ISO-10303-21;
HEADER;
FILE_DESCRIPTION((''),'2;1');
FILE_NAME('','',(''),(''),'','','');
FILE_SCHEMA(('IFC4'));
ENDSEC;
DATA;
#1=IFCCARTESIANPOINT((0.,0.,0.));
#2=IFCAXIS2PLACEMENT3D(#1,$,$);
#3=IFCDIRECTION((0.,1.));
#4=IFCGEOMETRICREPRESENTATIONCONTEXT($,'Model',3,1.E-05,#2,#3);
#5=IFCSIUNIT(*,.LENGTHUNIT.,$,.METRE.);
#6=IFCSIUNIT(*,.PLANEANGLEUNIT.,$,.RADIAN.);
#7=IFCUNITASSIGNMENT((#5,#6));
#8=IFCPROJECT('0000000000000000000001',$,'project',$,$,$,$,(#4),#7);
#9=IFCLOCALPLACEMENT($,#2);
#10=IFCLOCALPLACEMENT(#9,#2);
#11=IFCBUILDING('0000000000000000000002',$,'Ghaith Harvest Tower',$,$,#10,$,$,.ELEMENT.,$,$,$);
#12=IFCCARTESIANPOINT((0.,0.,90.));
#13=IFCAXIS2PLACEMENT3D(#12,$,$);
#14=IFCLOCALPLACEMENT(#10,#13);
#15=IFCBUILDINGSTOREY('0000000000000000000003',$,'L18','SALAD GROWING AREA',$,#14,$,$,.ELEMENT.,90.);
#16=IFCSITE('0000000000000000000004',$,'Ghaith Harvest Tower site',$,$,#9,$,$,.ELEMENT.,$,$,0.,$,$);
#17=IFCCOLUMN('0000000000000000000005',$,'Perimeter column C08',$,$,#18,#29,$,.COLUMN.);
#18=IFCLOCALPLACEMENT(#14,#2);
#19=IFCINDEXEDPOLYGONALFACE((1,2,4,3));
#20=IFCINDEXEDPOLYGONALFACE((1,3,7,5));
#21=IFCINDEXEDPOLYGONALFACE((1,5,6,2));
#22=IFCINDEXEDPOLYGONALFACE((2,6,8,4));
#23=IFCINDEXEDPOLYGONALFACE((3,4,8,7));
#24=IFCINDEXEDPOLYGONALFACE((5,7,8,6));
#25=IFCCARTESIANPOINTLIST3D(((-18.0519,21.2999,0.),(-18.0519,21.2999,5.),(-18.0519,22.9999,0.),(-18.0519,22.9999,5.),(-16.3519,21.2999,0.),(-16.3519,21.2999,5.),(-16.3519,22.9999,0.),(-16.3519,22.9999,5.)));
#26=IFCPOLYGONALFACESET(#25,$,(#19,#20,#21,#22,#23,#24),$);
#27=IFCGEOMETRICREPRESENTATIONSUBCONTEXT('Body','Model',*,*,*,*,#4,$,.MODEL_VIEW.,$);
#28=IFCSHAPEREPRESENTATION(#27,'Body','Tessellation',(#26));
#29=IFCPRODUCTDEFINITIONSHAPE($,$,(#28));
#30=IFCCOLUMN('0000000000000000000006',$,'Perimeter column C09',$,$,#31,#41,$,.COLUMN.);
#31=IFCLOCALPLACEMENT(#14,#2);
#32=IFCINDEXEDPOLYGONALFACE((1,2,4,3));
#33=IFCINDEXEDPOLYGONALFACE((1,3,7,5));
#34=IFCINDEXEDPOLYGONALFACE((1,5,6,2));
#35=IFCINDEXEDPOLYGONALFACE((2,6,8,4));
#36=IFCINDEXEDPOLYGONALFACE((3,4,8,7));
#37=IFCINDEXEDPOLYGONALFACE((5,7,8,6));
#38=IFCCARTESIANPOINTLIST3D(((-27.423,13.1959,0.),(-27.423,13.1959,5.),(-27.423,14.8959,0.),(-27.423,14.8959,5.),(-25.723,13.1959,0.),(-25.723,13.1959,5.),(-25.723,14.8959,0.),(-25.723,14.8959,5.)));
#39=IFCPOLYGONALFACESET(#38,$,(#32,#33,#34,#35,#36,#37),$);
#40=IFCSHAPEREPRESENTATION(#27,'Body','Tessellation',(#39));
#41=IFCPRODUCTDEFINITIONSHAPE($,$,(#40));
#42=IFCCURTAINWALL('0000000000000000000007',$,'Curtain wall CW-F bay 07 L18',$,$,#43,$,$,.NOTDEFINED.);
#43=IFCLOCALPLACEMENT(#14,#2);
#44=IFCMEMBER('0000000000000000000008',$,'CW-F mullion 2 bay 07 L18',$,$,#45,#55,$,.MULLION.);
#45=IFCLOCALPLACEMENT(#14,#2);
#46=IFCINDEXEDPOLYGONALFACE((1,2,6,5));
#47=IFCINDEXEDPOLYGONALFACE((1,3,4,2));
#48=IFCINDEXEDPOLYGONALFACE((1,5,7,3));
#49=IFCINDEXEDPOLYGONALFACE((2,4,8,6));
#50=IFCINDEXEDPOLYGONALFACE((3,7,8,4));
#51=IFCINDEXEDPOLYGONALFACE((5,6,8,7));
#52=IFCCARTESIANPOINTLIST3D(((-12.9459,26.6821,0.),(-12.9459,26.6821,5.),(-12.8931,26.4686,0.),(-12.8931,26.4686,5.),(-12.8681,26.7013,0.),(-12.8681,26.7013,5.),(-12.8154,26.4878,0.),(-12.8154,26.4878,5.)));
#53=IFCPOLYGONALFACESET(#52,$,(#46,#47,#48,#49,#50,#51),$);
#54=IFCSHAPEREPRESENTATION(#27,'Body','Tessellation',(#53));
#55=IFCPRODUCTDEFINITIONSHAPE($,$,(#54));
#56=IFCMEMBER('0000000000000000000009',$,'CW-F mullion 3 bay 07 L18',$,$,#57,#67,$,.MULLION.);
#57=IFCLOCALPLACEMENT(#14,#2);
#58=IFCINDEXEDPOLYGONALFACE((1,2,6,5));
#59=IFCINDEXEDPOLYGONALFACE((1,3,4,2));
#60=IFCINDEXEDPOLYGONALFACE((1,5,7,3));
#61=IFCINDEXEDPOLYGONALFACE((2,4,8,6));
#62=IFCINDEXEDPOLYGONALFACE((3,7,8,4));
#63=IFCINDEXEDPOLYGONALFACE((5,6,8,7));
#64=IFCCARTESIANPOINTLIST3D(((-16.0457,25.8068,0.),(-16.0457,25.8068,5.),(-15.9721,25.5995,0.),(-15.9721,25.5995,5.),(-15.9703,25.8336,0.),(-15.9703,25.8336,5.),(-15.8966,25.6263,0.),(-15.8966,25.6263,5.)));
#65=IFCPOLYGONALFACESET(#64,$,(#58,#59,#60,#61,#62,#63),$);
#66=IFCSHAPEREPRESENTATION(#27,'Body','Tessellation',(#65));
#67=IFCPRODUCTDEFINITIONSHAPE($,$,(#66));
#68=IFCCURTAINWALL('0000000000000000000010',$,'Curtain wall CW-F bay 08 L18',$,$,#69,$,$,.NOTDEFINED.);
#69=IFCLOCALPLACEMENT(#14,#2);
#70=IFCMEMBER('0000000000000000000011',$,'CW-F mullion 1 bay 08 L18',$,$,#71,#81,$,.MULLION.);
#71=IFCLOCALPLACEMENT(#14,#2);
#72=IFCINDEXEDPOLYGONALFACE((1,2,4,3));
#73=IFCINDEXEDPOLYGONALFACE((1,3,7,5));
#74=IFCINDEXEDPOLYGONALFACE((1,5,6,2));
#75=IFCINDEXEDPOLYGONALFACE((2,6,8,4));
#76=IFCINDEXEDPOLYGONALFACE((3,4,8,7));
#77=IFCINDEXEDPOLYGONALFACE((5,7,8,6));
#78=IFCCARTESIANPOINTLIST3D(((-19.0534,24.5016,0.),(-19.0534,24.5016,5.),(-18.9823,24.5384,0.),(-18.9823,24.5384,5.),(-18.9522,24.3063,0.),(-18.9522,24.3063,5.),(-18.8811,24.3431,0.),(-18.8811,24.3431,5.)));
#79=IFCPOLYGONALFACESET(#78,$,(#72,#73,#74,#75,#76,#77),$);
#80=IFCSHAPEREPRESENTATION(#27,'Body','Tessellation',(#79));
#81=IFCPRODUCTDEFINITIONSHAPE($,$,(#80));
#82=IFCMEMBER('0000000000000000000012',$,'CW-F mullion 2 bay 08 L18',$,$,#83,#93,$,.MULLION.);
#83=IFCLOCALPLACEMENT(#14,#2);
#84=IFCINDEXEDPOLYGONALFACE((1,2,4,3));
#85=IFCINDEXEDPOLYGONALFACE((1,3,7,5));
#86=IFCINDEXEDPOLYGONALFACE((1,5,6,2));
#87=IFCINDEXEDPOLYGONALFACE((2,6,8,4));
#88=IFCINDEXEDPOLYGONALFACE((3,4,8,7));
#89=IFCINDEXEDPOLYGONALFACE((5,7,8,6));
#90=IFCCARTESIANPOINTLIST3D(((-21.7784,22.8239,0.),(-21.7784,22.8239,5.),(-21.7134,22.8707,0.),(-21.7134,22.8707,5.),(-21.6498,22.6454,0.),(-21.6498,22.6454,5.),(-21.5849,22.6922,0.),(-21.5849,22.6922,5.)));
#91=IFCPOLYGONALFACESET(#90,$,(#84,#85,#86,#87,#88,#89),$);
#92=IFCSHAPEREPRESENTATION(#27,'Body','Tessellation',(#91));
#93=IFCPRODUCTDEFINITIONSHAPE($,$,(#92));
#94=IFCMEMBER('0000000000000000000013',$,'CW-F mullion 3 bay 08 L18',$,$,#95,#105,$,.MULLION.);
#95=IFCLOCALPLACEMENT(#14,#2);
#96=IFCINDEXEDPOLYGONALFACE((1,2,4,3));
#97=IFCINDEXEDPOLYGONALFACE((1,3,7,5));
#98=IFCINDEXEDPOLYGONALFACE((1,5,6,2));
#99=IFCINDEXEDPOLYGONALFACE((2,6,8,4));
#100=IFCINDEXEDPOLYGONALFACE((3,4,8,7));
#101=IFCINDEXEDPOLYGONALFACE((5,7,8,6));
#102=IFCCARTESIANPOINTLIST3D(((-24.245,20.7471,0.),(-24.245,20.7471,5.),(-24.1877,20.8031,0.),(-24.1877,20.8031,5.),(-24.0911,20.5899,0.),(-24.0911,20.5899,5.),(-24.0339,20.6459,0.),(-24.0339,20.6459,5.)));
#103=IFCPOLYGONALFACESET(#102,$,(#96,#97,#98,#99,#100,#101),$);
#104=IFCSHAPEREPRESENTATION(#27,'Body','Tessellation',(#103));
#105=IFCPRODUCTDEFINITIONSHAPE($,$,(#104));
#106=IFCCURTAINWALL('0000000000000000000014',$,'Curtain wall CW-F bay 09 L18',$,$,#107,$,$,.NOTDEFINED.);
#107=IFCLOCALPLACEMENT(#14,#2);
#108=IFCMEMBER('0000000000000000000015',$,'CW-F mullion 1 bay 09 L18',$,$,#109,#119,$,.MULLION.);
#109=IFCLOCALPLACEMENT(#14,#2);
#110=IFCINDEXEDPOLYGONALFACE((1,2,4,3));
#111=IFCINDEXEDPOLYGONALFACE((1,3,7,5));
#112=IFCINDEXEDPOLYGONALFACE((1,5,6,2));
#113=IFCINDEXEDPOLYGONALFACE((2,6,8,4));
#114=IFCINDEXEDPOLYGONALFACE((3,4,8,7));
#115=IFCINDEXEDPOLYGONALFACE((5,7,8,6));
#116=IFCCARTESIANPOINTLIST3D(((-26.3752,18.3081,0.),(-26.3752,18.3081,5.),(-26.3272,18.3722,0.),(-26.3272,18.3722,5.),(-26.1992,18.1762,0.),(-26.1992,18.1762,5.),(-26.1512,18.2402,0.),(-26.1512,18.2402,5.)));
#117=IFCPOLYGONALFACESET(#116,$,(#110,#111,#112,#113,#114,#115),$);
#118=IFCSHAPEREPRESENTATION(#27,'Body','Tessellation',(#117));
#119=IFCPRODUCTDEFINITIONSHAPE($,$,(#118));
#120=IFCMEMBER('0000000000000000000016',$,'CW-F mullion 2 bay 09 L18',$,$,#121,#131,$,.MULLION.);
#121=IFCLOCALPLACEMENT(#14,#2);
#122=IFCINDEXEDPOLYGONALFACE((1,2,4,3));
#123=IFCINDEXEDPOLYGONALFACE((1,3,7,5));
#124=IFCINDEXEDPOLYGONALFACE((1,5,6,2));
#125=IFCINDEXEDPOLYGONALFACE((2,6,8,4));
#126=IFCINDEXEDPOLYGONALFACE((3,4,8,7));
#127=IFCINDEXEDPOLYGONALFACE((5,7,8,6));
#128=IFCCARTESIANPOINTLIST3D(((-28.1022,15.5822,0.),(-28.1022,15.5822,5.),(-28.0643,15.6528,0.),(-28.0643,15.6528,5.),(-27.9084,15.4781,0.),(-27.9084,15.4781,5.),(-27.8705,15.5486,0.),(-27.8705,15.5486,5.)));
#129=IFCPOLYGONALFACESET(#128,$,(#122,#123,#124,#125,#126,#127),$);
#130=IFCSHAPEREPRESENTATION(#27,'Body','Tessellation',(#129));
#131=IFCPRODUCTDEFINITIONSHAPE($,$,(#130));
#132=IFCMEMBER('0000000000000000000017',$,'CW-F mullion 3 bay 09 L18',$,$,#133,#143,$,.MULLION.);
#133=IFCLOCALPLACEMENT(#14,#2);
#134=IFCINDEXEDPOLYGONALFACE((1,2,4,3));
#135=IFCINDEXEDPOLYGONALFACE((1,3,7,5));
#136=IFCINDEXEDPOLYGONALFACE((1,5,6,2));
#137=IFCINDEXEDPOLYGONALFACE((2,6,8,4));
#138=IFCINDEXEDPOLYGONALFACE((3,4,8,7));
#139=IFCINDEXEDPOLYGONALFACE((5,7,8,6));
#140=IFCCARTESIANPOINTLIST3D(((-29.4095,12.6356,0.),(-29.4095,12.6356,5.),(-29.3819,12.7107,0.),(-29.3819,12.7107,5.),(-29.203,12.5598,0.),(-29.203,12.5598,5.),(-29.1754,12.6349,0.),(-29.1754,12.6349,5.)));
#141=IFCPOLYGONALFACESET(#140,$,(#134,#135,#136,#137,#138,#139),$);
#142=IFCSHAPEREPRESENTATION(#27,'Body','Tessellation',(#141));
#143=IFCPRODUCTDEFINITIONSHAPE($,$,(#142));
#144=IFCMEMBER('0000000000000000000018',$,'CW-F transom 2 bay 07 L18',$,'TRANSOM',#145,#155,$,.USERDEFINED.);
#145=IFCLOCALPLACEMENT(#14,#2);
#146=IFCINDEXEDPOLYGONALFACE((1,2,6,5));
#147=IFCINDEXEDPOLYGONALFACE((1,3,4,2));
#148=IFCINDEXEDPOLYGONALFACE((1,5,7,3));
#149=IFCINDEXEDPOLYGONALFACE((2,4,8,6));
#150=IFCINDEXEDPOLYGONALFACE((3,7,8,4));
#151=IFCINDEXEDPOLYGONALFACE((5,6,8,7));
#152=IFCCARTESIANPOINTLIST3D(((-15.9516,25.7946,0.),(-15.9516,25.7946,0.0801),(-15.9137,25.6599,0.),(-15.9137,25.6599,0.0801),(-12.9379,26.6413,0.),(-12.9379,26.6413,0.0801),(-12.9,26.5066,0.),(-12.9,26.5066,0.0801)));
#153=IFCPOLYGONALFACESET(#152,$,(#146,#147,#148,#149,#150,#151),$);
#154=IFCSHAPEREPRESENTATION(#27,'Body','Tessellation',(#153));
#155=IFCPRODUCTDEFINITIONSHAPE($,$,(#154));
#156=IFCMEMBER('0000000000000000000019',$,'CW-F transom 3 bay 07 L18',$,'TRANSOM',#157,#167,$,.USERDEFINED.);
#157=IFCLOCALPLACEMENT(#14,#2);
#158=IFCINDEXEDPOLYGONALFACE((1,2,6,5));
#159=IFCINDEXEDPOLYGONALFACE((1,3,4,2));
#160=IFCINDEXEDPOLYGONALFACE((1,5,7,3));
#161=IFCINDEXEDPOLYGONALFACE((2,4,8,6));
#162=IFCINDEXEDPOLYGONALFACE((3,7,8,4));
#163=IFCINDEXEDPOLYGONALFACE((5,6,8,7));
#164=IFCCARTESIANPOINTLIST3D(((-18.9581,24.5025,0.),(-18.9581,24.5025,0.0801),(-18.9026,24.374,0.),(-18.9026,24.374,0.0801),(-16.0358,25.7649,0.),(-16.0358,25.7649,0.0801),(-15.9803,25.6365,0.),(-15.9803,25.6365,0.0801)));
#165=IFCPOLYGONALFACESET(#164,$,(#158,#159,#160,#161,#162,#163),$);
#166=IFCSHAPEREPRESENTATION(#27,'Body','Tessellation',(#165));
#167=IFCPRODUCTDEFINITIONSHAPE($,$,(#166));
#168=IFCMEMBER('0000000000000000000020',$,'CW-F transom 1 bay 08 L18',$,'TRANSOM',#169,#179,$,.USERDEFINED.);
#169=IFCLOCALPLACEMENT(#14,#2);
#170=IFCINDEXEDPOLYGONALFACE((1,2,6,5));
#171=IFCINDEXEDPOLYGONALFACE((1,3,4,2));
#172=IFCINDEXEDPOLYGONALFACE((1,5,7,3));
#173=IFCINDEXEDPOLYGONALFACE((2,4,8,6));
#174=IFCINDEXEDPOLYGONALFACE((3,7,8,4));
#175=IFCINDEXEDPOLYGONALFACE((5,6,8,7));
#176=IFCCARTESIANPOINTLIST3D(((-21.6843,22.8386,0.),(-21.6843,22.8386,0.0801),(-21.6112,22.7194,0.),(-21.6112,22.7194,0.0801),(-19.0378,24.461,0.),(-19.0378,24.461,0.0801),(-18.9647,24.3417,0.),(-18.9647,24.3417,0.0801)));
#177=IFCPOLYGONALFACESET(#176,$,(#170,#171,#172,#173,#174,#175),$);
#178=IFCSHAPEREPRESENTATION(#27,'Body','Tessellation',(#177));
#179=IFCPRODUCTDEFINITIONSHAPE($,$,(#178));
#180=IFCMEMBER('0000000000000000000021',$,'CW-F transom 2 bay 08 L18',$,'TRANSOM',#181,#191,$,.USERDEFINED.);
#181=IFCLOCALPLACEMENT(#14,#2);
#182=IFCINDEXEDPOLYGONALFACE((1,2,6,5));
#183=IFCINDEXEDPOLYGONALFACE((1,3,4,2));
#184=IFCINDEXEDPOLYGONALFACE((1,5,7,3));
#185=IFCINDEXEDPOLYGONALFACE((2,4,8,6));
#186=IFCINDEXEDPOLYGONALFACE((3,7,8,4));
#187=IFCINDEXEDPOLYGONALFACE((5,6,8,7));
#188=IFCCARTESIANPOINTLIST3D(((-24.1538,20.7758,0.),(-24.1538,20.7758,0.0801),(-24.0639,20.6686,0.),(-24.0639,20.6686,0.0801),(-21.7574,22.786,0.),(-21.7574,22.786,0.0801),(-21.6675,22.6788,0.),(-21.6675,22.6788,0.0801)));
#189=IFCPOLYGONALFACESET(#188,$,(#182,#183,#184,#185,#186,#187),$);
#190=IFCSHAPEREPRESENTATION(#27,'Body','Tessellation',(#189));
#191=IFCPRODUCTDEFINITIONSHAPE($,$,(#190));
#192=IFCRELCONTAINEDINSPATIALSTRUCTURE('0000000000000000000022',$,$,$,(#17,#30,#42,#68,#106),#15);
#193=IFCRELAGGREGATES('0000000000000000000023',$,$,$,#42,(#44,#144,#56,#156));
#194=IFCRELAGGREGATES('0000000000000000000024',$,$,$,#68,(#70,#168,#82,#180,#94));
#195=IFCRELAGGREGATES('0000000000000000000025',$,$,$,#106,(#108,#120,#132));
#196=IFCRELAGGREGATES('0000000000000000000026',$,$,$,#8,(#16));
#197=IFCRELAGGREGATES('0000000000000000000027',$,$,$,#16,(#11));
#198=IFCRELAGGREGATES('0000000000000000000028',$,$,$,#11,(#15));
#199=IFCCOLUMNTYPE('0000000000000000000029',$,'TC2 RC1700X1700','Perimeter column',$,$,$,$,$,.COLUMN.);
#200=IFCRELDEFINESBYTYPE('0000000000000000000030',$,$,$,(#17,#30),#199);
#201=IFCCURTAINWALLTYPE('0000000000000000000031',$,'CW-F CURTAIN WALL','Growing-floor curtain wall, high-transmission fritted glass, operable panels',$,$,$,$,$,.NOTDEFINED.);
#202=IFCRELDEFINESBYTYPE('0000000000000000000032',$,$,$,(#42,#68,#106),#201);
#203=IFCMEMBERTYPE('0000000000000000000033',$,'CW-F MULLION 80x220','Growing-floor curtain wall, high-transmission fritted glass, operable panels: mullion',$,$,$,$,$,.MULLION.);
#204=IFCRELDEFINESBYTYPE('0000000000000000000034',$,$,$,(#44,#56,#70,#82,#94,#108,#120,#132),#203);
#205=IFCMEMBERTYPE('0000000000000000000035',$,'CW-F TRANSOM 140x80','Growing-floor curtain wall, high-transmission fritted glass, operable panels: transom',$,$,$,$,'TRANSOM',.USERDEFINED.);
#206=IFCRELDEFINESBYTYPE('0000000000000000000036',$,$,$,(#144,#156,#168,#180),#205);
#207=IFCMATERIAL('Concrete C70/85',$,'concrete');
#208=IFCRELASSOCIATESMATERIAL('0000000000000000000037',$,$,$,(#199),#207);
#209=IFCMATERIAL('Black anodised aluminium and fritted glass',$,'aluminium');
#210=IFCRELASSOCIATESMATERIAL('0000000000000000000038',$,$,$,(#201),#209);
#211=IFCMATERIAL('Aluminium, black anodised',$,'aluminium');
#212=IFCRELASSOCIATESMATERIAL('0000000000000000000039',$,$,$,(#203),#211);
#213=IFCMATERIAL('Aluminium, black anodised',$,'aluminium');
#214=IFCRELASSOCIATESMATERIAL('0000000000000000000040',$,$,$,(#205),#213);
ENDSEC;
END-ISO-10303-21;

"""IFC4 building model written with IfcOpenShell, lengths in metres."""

from ifc_helpers import new_model, si_unit, direction, frame, origin, origin_2d, place, context, subcontext, project, spatial, rectangle, extrude, material, material_profile, profile_set, type_object, element, aggregate, save


model = new_model("IFC4")

# Units and contexts
model_context = context("Model", 3, precision=1e-05, world=origin(), true_north=direction((0.0, 1.0)))
body_context = subcontext(model_context, "Body", "Model", "MODEL_VIEW")
ifc_project = project(units=[si_unit("LENGTHUNIT", "METRE"), si_unit("PLANEANGLEUNIT", "RADIAN")], contexts=[model_context])

# Site, building, storey
site_placement = place(None, origin())
site = spatial("IfcSite", under=ifc_project, at=site_placement, Name="Ghaith Harvest Tower site", CompositionType="ELEMENT", RefElevation=0.0)
building_placement = place(site_placement, origin())
building = spatial("IfcBuilding", under=site, at=building_placement, Name="Ghaith Harvest Tower", CompositionType="ELEMENT")
storey_placement = place(building_placement, frame((0.0, 0.0, 90.0)))
storey = spatial("IfcBuildingStorey", under=building, at=storey_placement, Name="L18", Description="SALAD GROWING AREA", CompositionType="ELEMENT", Elevation=90.0)

# Columns
ifc_material_1 = material(Name="Concrete C70/85", Category="concrete")
ifc_material_profile_1 = material_profile(ifc_material_1, rectangle(XDim=1.7, YDim=1.7, at=origin_2d()), Name="RC1700X1700")
ifc_profile_set_1 = profile_set([ifc_material_profile_1], Name="Concrete C70/85")
column_type = type_object("IfcColumnType", Name="TC2 RC1700X1700", Description="Perimeter column", PredefinedType="COLUMN", material=ifc_profile_set_1)
for number, where, z_axis, x_axis, name in (
    (1, (-17.2019, 22.1499, 0.0), (0.0, 0.0, 1.0), (1.0, 0.0, 0.0), "Perimeter column C08"),
    (2, (-26.573, 14.0459, 0.0), (0.0, 0.0, 1.0), (1.0, 0.0, 0.0), "Perimeter column C09"),
):
    element("IfcColumn", number, at=place(storey_placement, frame(where, z_axis=z_axis, x_axis=x_axis)), inside=storey, type_object=column_type, Name=name, PredefinedType="COLUMN", context=body_context, shape_type="SweptSolid", body=[
        extrude(rectangle(XDim=1.7, YDim=1.7, at=origin_2d()), origin(), (0.0, 0.0, 1.0), 5.0),
    ])

# Curtain walls, members
ifc_material_2 = material(Name="Black anodised aluminium and fritted glass", Category="aluminium")
curtain_wall_type = type_object("IfcCurtainWallType", Name="CW-F CURTAIN WALL", Description="Growing-floor curtain wall, high-transmission fritted glass, operable panels", PredefinedType="NOTDEFINED", material=ifc_material_2)
curtain_wall_1_placement = place(storey_placement, origin())
curtain_wall_1 = element("IfcCurtainWall", 3, at=curtain_wall_1_placement, inside=storey, type_object=curtain_wall_type, Name="Curtain wall CW-F bay 07 L18", PredefinedType="NOTDEFINED")
ifc_material_3 = material(Name="Aluminium, black anodised", Category="aluminium")
ifc_material_profile_2 = material_profile(ifc_material_3, rectangle(XDim=0.0801, YDim=0.22, at=origin_2d()), Name="CW-F MULLION 80x220")
ifc_profile_set_2 = profile_set([ifc_material_profile_2], Name="Aluminium, black anodised")
member_type_1 = type_object("IfcMemberType", Name="CW-F MULLION 80x220", Description="Growing-floor curtain wall, high-transmission fritted glass, operable panels: mullion", PredefinedType="MULLION", material=ifc_profile_set_2)
member_1_placement = place(storey_placement, frame((-12.8806, 26.585, 0.0), z_axis=(0.0, 0.0, 1.0), x_axis=(-0.970825, -0.239791, 0.0)))
member_1 = element("IfcMember", 4, at=member_1_placement, type_object=member_type_1, Name="CW-F mullion 2 bay 07 L18", PredefinedType="MULLION", context=body_context, shape_type="SweptSolid", body=[
    extrude(rectangle(XDim=0.0801, YDim=0.22, at=origin_2d()), origin(), (0.0, 0.0, 1.0), 5.0),
])
member_2_placement = place(storey_placement, frame((-15.9712, 25.7166, 0.0), z_axis=(0.0, 0.0, 1.0), x_axis=(-0.942294, -0.334788, 0.0)))
member_2 = element("IfcMember", 5, at=member_2_placement, type_object=member_type_1, Name="CW-F mullion 3 bay 07 L18", PredefinedType="MULLION", context=body_context, shape_type="SweptSolid", body=[
    extrude(rectangle(XDim=0.0801, YDim=0.22, at=origin_2d()), origin(), (0.0, 0.0, 1.0), 5.0),
])
curtain_wall_2_placement = place(storey_placement, origin())
curtain_wall_2 = element("IfcCurtainWall", 6, at=curtain_wall_2_placement, inside=storey, type_object=curtain_wall_type, Name="Curtain wall CW-F bay 08 L18", PredefinedType="NOTDEFINED")
member_3_placement = place(storey_placement, frame((-18.9673, 24.4224, 0.0), z_axis=(0.0, 0.0, 1.0), x_axis=(-0.887912, -0.460013, 0.0)))
member_3 = element("IfcMember", 7, at=member_3_placement, type_object=member_type_1, Name="CW-F mullion 1 bay 08 L18", PredefinedType="MULLION", context=body_context, shape_type="SweptSolid", body=[
    extrude(rectangle(XDim=0.0801, YDim=0.22, at=origin_2d()), origin(), (0.0, 0.0, 1.0), 5.0),
])
member_4_placement = place(storey_placement, frame((-21.6816, 22.7581, 0.0), z_axis=(0.0, 0.0, 1.0), x_axis=(-0.811401, -0.58449, 0.0)))
member_4 = element("IfcMember", 8, at=member_4_placement, type_object=member_type_1, Name="CW-F mullion 2 bay 08 L18", PredefinedType="MULLION", context=body_context, shape_type="SweptSolid", body=[
    extrude(rectangle(XDim=0.0801, YDim=0.22, at=origin_2d()), origin(), (0.0, 0.0, 1.0), 5.0),
])
member_5_placement = place(storey_placement, frame((-24.1394, 20.6965, 0.0), z_axis=(0.0, 0.0, 1.0), x_axis=(-0.714663, -0.699469, 0.0)))
member_5 = element("IfcMember", 9, at=member_5_placement, type_object=member_type_1, Name="CW-F mullion 3 bay 08 L18", PredefinedType="MULLION", context=body_context, shape_type="SweptSolid", body=[
    extrude(rectangle(XDim=0.0801, YDim=0.22, at=origin_2d()), origin(), (0.0, 0.0, 1.0), 5.0),
])
curtain_wall_3_placement = place(storey_placement, origin())
curtain_wall_3 = element("IfcCurtainWall", 10, at=curtain_wall_3_placement, inside=storey, type_object=curtain_wall_type, Name="Curtain wall CW-F bay 09 L18", PredefinedType="NOTDEFINED")
member_6_placement = place(storey_placement, frame((-26.2632, 18.2742, 0.0), z_axis=(0.0, 0.0, 1.0), x_axis=(-0.599862, -0.800104, 0.0)))
member_6 = element("IfcMember", 11, at=member_6_placement, type_object=member_type_1, Name="CW-F mullion 1 bay 09 L18", PredefinedType="MULLION", context=body_context, shape_type="SweptSolid", body=[
    extrude(rectangle(XDim=0.0801, YDim=0.22, at=origin_2d()), origin(), (0.0, 0.0, 1.0), 5.0),
])
member_7_placement = place(storey_placement, frame((-27.9863, 15.5654, 0.0), z_axis=(0.0, 0.0, 1.0), x_axis=(-0.473265, -0.88092, 0.0)))
member_7 = element("IfcMember", 12, at=member_7_placement, type_object=member_type_1, Name="CW-F mullion 2 bay 09 L18", PredefinedType="MULLION", context=body_context, shape_type="SweptSolid", body=[
    extrude(rectangle(XDim=0.0801, YDim=0.22, at=origin_2d()), origin(), (0.0, 0.0, 1.0), 5.0),
])
member_8_placement = place(storey_placement, frame((-29.2925, 12.6353, 0.0), z_axis=(0.0, 0.0, 1.0), x_axis=(-0.344618, -0.938743, 0.0)))
member_8 = element("IfcMember", 13, at=member_8_placement, type_object=member_type_1, Name="CW-F mullion 3 bay 09 L18", PredefinedType="MULLION", context=body_context, shape_type="SweptSolid", body=[
    extrude(rectangle(XDim=0.0801, YDim=0.22, at=origin_2d()), origin(), (0.0, 0.0, 1.0), 5.0),
])

# Members
ifc_material_4 = material(Name="Aluminium, black anodised", Category="aluminium")
ifc_material_profile_3 = material_profile(ifc_material_4, rectangle(XDim=0.1399, YDim=0.0801, at=origin_2d()), Name="CW-F TRANSOM 140x80")
ifc_profile_set_3 = profile_set([ifc_material_profile_3], Name="Aluminium, black anodised")
member_type_2 = type_object("IfcMemberType", Name="CW-F TRANSOM 140x80", Description="Growing-floor curtain wall, high-transmission fritted glass, operable panels: transom", ElementType="TRANSOM", PredefinedType="USERDEFINED", material=ifc_profile_set_3)
member_9_placement = place(storey_placement, frame((-12.9189, 26.574, 0.04), z_axis=(-0.962727, -0.270475, 0.0), x_axis=(0.270475, -0.962727, 0.0)))
member_9 = element("IfcMember", 14, at=member_9_placement, type_object=member_type_2, Name="CW-F transom 2 bay 07 L18", ObjectType="TRANSOM", PredefinedType="USERDEFINED", context=body_context, shape_type="SweptSolid", body=[
    extrude(rectangle(XDim=0.1399, YDim=0.0801, at=origin_2d()), origin(), (0.0, 0.0, 1.0), 3.1304),
])
member_10_placement = place(storey_placement, frame((-16.0081, 25.7007, 0.04), z_axis=(-0.918003, -0.396574, 0.0), x_axis=(0.396574, -0.918003, 0.0)))
member_10 = element("IfcMember", 15, at=member_10_placement, type_object=member_type_2, Name="CW-F transom 3 bay 07 L18", ObjectType="TRANSOM", PredefinedType="USERDEFINED", context=body_context, shape_type="SweptSolid", body=[
    extrude(rectangle(XDim=0.1399, YDim=0.0801, at=origin_2d()), origin(), (0.0, 0.0, 1.0), 3.1833),
])
member_11_placement = place(storey_placement, frame((-19.0012, 24.4014, 0.04), z_axis=(-0.852562, -0.522627, 0.0), x_axis=(0.522627, -0.852562, 0.0)))
member_11 = element("IfcMember", 16, at=member_11_placement, type_object=member_type_2, Name="CW-F transom 1 bay 08 L18", ObjectType="TRANSOM", PredefinedType="USERDEFINED", context=body_context, shape_type="SweptSolid", body=[
    extrude(rectangle(XDim=0.1399, YDim=0.0801, at=origin_2d()), origin(), (0.0, 0.0, 1.0), 3.1042),
])
member_12_placement = place(storey_placement, frame((-21.7124, 22.7324, 0.04), z_axis=(-0.766144, -0.642668, 0.0), x_axis=(0.642668, -0.766144, 0.0)))
member_12 = element("IfcMember", 17, at=member_12_placement, type_object=member_type_2, Name="CW-F transom 2 bay 08 L18", ObjectType="TRANSOM", PredefinedType="USERDEFINED", context=body_context, shape_type="SweptSolid", body=[
    extrude(rectangle(XDim=0.1399, YDim=0.0801, at=origin_2d()), origin(), (0.0, 0.0, 1.0), 3.1279),
])

aggregate(curtain_wall_1, [member_1, member_9, member_2, member_10])
aggregate(curtain_wall_2, [member_3, member_11, member_4, member_12, member_5])
aggregate(curtain_wall_3, [member_6, member_7, member_8])

save(model, "model.ifc")
